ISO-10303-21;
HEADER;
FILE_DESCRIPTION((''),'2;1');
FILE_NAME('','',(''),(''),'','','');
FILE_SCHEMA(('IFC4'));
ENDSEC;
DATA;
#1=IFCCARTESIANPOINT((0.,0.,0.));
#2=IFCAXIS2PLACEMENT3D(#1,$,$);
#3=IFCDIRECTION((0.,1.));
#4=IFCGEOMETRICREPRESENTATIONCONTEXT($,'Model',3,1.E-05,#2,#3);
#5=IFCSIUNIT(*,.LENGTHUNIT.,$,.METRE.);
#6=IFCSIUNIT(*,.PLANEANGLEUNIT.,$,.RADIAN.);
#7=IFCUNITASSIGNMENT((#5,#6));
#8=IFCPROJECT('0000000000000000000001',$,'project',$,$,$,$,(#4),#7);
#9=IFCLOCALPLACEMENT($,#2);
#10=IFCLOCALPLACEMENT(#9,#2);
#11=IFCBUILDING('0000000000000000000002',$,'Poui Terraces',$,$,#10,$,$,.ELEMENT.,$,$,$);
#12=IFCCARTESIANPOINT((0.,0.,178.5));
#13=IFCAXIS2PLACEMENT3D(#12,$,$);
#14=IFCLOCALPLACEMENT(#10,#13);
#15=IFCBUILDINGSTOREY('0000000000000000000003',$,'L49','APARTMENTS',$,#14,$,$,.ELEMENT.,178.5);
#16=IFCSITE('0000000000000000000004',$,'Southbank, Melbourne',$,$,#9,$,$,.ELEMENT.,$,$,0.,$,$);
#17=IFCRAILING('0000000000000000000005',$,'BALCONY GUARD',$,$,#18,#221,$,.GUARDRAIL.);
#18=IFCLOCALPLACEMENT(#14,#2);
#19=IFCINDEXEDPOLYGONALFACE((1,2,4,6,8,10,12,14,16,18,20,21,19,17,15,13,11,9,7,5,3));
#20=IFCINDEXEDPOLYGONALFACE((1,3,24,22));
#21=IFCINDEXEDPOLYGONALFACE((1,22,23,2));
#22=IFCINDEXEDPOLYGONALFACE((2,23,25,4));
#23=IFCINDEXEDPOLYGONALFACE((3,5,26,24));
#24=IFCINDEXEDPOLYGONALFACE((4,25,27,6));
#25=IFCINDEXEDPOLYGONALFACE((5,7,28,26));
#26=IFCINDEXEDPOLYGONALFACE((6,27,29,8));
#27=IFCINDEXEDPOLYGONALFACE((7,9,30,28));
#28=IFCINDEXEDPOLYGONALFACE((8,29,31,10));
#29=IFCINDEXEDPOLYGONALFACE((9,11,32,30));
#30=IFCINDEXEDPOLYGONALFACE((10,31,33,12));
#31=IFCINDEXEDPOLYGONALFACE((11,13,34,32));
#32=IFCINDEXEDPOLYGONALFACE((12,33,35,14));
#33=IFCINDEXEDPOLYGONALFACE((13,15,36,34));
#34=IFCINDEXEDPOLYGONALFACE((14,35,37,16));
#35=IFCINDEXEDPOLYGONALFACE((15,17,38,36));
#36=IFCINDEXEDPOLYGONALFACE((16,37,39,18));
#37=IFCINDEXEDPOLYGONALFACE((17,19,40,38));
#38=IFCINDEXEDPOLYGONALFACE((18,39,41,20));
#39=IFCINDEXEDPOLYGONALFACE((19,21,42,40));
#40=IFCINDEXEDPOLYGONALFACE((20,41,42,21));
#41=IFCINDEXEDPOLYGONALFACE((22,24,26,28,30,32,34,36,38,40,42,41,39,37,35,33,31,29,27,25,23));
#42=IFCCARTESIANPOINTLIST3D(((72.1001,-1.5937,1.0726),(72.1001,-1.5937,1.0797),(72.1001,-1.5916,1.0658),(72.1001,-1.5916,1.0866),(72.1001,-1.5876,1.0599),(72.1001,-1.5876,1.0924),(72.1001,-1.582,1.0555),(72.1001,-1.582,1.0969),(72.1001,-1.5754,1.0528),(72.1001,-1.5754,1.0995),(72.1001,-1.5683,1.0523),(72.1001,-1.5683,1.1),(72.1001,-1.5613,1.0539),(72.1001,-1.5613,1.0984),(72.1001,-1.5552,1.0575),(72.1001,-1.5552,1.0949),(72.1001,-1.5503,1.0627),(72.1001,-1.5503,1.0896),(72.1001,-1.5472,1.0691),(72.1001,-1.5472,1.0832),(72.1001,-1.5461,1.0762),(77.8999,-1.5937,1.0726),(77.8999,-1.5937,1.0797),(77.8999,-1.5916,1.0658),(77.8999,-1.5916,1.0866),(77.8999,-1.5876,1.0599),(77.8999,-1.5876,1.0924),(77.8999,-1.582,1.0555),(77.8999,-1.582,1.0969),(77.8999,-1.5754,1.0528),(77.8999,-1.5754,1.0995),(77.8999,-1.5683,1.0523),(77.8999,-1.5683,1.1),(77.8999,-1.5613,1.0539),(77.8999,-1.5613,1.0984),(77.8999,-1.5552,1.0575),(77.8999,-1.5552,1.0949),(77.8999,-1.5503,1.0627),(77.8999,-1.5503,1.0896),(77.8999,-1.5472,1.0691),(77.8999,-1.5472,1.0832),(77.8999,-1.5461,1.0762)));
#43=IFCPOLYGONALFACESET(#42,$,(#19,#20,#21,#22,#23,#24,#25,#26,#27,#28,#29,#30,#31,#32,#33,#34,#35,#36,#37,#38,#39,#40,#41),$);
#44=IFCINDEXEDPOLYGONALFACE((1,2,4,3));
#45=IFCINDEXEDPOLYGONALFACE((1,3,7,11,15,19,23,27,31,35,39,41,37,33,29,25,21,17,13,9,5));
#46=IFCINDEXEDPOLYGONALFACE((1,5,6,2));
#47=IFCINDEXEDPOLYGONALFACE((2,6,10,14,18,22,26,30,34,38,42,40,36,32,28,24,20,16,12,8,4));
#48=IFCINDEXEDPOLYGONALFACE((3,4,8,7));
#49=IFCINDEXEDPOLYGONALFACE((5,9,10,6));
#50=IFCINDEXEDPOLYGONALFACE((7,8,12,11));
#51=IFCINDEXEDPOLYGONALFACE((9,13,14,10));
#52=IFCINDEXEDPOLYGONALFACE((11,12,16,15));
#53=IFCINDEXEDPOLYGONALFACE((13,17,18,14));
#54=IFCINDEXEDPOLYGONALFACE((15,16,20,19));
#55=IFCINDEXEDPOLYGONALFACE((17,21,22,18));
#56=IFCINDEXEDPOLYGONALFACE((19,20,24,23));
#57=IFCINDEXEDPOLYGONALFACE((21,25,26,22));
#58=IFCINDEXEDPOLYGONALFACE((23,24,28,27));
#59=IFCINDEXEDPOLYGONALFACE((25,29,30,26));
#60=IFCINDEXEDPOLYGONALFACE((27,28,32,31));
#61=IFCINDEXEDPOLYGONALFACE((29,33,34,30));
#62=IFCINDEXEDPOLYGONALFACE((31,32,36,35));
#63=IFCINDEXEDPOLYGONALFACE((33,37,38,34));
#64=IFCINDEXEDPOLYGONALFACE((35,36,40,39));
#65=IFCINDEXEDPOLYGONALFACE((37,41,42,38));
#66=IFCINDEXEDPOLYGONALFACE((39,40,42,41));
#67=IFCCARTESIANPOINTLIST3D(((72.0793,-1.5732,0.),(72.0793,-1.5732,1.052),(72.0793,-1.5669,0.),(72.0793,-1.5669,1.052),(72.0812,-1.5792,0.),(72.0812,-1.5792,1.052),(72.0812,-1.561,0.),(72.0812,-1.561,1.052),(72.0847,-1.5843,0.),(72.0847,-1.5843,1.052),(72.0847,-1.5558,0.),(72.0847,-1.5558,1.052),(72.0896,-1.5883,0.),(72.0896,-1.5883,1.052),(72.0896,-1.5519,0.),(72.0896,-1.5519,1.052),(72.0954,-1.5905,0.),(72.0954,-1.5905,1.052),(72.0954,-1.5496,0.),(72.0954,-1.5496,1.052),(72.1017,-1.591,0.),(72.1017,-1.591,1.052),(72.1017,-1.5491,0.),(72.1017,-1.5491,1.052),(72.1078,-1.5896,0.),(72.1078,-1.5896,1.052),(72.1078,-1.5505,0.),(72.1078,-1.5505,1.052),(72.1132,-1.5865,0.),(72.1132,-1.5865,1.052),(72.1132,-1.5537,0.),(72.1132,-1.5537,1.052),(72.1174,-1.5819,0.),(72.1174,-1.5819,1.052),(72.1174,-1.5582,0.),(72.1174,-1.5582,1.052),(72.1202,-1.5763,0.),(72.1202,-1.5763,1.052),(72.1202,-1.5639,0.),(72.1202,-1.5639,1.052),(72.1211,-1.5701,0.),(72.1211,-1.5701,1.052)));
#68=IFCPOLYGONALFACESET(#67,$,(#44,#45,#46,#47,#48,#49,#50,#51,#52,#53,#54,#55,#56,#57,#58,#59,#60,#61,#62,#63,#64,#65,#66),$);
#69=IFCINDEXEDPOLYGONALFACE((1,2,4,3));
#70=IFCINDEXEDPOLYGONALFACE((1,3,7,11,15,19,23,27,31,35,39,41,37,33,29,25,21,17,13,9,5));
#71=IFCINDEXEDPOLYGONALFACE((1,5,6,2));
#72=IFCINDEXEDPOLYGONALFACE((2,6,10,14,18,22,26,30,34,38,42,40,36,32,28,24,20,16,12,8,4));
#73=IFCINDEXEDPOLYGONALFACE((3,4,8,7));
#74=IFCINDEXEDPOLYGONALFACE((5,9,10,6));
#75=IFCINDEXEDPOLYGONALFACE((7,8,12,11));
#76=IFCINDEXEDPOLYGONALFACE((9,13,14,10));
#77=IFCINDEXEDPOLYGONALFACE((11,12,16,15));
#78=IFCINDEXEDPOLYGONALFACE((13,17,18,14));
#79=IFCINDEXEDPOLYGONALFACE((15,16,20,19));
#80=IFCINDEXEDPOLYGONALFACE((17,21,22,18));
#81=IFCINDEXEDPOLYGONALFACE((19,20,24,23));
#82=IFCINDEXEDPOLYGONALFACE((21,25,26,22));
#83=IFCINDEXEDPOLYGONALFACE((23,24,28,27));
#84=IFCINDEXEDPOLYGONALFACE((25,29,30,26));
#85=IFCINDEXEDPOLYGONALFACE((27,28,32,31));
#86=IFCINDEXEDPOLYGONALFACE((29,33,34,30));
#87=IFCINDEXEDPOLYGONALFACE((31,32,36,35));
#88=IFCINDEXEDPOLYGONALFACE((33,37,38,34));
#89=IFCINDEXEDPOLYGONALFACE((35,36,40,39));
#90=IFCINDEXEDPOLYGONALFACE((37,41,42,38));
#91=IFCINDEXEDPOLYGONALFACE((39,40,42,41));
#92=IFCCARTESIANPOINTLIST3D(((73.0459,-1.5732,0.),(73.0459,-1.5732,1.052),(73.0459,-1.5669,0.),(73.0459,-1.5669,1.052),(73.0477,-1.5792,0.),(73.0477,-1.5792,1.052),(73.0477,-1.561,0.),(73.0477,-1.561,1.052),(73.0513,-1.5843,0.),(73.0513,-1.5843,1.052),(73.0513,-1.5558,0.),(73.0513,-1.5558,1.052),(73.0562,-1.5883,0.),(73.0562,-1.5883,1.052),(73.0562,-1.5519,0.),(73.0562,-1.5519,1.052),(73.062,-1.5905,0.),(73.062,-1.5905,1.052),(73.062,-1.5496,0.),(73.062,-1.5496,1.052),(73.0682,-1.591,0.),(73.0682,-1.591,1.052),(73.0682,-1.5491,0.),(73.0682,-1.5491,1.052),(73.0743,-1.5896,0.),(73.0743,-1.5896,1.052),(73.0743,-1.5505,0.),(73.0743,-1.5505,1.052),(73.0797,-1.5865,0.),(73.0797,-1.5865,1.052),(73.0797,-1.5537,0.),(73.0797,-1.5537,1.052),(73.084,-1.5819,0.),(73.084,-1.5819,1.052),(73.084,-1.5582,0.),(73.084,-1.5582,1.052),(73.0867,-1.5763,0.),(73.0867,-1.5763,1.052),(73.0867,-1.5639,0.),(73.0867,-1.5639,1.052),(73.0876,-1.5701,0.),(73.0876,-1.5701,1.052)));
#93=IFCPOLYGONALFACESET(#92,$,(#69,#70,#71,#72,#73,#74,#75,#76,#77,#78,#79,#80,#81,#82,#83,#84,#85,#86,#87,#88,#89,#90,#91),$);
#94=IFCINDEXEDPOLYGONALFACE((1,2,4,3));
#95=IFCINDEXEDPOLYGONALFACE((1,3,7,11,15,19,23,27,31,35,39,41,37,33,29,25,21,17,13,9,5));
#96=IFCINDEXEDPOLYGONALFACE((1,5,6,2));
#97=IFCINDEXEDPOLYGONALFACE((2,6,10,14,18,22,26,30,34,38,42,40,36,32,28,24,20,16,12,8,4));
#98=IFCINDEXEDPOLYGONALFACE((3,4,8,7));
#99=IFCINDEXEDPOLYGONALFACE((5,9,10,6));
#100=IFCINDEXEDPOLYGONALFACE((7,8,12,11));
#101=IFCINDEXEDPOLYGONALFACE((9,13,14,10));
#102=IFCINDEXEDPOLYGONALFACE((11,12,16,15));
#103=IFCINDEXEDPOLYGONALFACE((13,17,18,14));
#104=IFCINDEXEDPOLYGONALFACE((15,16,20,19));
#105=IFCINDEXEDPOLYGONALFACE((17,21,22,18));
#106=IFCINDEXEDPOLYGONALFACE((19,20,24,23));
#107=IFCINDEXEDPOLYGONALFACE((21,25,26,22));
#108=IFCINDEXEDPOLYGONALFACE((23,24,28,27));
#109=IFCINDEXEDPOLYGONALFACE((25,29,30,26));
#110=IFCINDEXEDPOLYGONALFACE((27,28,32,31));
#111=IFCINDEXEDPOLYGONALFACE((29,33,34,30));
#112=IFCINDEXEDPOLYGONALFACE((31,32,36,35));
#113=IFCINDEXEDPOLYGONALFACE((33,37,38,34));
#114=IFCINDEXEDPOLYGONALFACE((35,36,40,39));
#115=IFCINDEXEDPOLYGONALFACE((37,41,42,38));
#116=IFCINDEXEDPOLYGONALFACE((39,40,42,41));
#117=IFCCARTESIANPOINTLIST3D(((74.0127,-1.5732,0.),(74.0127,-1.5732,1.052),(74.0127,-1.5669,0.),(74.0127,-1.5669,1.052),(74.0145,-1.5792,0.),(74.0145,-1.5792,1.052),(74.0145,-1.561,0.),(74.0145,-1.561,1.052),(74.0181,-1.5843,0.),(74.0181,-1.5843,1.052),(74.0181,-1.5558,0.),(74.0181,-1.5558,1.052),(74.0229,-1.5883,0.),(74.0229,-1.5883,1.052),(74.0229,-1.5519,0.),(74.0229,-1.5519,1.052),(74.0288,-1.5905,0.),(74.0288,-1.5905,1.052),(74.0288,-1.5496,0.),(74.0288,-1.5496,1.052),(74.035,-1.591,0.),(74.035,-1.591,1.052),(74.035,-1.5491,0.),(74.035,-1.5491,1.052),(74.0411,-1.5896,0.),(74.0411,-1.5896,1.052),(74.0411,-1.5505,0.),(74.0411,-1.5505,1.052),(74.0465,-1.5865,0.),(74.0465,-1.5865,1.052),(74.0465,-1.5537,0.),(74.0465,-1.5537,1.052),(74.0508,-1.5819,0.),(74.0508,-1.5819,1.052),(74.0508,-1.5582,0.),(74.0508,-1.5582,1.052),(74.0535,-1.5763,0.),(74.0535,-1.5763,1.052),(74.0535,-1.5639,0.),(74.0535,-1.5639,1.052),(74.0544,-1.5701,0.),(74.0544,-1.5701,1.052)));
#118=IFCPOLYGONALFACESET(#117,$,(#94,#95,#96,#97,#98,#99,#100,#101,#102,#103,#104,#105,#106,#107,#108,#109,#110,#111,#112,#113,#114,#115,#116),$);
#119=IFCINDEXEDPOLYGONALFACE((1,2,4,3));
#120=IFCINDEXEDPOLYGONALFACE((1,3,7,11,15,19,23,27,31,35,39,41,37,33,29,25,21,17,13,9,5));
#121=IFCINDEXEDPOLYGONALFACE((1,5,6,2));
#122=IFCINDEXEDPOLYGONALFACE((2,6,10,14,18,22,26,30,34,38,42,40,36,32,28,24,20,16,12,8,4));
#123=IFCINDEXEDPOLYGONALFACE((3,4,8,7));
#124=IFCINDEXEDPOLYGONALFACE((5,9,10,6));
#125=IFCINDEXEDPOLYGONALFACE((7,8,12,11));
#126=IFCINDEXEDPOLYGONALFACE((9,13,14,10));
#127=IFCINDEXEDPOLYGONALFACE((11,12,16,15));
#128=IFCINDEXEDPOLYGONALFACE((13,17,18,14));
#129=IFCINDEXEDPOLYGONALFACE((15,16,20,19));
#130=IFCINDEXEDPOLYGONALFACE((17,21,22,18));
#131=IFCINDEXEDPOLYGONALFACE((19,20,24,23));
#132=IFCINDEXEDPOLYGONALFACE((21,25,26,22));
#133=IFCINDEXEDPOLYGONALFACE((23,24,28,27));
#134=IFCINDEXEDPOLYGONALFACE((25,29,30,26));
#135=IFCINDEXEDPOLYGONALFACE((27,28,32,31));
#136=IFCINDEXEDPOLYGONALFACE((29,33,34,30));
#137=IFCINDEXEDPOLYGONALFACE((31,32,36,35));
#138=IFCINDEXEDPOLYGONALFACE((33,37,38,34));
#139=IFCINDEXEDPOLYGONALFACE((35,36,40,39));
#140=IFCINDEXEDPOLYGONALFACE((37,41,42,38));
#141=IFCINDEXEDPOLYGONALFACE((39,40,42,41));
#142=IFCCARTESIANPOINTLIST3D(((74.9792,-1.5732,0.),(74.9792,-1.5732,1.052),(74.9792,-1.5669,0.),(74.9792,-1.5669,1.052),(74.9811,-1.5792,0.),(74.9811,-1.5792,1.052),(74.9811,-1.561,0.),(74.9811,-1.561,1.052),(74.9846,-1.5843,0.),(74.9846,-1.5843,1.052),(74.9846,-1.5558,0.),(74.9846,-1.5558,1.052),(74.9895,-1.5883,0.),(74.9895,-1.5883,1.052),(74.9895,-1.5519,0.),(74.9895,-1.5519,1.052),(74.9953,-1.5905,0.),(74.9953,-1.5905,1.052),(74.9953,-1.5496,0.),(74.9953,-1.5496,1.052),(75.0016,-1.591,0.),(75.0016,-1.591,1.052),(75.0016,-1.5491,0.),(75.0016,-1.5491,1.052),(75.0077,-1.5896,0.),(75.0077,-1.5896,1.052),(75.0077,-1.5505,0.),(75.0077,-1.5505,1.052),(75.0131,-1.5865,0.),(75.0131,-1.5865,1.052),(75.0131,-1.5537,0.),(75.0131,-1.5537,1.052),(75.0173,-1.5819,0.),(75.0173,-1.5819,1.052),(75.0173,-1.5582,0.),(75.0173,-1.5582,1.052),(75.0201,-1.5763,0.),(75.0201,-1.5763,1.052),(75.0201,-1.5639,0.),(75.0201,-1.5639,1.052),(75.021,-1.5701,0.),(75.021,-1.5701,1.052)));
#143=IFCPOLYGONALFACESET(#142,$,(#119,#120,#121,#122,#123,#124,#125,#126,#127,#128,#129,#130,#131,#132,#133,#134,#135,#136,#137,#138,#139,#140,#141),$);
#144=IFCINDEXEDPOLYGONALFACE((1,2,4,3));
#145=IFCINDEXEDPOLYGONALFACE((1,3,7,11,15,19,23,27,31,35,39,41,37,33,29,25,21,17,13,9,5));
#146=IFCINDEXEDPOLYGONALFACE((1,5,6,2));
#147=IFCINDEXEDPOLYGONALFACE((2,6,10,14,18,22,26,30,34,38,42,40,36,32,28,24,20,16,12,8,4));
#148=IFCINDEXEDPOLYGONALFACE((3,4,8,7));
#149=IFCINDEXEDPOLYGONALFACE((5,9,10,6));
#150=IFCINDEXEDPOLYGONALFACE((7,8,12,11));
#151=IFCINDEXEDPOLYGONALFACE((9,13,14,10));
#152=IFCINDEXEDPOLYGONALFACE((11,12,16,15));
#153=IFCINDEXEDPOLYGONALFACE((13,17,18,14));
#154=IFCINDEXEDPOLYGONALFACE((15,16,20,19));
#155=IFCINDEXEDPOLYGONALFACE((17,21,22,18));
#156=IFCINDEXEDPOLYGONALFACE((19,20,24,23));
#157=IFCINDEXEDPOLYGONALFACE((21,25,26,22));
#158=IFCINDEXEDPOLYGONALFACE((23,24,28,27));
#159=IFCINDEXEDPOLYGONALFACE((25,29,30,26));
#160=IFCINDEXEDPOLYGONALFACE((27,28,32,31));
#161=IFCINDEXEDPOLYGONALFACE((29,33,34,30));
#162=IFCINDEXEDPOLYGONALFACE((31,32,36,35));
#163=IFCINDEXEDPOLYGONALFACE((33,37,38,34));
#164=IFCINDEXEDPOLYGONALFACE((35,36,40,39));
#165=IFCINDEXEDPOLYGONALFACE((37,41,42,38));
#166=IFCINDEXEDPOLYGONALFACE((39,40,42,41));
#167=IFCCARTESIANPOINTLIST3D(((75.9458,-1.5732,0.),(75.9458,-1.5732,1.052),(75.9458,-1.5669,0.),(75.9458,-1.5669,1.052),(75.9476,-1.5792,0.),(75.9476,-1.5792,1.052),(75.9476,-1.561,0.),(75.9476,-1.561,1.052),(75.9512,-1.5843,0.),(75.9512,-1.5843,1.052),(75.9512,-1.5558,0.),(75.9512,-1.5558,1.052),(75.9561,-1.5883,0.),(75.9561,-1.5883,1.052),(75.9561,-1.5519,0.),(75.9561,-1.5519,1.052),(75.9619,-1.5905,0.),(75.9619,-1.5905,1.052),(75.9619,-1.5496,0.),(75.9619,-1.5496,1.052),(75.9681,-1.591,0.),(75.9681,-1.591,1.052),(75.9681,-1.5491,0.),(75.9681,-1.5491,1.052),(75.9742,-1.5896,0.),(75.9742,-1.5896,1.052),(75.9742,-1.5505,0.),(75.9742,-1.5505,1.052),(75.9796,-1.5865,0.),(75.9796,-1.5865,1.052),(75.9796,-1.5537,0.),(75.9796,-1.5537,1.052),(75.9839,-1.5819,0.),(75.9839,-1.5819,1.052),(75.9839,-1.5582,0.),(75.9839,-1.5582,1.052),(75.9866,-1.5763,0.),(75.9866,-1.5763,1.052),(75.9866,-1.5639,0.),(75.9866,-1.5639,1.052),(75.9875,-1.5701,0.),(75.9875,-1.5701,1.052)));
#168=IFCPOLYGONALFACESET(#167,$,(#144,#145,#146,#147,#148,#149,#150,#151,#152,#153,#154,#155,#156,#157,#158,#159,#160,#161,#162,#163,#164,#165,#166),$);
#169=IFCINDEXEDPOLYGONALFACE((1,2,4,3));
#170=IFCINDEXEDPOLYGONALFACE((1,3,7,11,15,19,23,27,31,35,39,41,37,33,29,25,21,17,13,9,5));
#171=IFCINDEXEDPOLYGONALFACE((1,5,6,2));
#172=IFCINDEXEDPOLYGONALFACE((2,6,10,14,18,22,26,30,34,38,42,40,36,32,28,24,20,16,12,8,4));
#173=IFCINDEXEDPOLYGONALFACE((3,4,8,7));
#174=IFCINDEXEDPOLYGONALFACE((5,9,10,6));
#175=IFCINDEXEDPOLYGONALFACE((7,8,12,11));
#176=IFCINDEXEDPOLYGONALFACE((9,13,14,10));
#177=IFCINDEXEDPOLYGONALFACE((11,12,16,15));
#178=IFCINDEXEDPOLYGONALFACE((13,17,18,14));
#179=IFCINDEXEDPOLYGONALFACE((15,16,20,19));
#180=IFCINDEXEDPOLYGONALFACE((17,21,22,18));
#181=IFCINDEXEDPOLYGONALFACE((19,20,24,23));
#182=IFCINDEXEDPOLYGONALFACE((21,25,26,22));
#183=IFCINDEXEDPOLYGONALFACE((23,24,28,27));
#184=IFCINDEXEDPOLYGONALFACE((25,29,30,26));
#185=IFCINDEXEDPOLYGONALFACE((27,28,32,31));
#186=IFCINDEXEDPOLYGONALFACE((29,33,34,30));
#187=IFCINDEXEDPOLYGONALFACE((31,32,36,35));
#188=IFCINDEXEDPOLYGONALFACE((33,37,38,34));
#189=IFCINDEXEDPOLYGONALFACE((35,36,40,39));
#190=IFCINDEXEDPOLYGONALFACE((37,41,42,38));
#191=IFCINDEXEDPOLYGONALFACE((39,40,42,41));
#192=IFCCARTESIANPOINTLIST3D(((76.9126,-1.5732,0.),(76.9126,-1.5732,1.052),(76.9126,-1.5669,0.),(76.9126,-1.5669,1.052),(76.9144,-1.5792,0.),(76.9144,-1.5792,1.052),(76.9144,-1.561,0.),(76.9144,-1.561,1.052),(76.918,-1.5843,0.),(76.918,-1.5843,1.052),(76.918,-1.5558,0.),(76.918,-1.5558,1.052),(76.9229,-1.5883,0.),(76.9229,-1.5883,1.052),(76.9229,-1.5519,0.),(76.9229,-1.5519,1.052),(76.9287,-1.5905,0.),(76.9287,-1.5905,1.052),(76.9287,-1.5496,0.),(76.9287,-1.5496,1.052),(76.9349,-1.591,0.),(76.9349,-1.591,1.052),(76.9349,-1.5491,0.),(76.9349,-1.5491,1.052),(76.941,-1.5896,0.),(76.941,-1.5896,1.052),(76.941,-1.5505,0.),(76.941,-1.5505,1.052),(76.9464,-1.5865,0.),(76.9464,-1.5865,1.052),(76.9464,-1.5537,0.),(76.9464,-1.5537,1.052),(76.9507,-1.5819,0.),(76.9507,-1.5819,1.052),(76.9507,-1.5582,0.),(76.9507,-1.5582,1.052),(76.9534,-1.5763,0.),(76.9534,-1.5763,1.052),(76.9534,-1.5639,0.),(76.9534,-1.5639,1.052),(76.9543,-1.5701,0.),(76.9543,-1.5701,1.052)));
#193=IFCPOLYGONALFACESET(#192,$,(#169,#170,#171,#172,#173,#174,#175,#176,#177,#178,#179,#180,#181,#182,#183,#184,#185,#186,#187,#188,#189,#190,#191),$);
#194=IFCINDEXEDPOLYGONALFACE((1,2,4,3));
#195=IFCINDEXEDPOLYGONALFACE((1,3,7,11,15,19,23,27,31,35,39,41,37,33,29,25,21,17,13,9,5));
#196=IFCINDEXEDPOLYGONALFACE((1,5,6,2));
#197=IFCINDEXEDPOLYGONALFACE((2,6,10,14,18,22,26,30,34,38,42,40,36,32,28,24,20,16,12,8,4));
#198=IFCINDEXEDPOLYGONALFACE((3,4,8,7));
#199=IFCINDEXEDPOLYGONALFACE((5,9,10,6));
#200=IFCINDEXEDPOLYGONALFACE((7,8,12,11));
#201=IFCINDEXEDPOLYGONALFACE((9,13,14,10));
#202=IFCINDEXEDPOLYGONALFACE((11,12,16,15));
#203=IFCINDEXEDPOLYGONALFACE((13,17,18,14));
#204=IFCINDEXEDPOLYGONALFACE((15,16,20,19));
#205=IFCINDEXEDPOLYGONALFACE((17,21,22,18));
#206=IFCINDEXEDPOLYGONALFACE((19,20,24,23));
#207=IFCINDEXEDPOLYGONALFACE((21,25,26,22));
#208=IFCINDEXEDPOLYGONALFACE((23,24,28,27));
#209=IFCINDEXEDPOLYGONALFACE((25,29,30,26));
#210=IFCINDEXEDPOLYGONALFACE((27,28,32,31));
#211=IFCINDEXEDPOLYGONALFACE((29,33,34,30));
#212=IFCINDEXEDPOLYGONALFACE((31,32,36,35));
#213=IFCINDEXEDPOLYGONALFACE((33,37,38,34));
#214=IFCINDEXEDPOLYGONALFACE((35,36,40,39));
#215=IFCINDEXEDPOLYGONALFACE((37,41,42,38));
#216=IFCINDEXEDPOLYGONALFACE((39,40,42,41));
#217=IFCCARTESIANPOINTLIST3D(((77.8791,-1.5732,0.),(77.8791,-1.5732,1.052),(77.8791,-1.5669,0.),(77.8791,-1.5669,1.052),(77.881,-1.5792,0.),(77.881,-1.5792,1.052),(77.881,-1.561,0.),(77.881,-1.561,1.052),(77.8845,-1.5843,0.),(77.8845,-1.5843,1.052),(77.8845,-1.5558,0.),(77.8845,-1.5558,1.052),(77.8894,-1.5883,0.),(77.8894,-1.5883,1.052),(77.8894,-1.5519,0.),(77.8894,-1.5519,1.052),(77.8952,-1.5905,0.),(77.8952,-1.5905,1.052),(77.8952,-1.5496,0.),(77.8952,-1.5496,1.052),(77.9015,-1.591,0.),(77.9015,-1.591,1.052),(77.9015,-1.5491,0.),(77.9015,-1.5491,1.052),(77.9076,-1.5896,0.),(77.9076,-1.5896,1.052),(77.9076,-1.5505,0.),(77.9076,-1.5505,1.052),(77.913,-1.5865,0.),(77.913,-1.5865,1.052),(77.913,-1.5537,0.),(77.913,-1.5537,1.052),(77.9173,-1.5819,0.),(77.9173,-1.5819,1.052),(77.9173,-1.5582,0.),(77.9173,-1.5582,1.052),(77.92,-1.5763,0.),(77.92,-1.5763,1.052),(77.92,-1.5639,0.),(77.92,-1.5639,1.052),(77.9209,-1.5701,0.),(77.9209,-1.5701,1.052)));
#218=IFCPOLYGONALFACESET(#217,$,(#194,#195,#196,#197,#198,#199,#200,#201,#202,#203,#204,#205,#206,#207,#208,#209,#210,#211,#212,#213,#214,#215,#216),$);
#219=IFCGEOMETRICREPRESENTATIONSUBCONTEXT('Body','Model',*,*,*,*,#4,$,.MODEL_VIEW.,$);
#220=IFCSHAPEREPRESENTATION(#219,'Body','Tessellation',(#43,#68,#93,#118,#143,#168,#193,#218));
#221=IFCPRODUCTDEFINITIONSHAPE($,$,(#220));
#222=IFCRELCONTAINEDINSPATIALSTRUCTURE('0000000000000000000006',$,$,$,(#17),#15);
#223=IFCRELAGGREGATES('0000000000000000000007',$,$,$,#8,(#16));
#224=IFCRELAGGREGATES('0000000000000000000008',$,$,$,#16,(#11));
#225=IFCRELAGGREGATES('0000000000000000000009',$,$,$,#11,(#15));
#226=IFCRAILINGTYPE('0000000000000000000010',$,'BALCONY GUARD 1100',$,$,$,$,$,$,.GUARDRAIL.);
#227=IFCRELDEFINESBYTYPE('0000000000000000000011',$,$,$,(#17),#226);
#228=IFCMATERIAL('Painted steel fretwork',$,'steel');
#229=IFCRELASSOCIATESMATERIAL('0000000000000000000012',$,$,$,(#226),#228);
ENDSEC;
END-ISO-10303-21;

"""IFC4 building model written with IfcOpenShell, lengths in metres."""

from ifc_helpers import new_model, si_unit, direction, frame, origin, origin_2d, place, context, subcontext, project, spatial, circle, extrude, material, type_object, element, save


model = new_model("IFC4")

# Units and contexts
model_context = context("Model", 3, precision=1e-05, world=origin(), true_north=direction((0.0, 1.0)))
body_context = subcontext(model_context, "Body", "Model", "MODEL_VIEW")
ifc_project = project(units=[si_unit("LENGTHUNIT", "METRE"), si_unit("PLANEANGLEUNIT", "RADIAN")], contexts=[model_context])

# Site, building, storey
site_placement = place(None, origin())
site = spatial("IfcSite", under=ifc_project, at=site_placement, Name="Southbank, Melbourne", CompositionType="ELEMENT", RefElevation=0.0)
building_placement = place(site_placement, origin())
building = spatial("IfcBuilding", under=site, at=building_placement, Name="Poui Terraces", CompositionType="ELEMENT")
storey_placement = place(building_placement, frame((0.0, 0.0, 178.5)))
storey = spatial("IfcBuildingStorey", under=building, at=storey_placement, Name="L49", Description="APARTMENTS", CompositionType="ELEMENT", Elevation=178.5)

# Railing
ifc_material_1 = material(Name="Painted steel fretwork", Category="steel")
railing_type = type_object("IfcRailingType", Name="BALCONY GUARD 1100", PredefinedType="GUARDRAIL", material=ifc_material_1)
railing_placement = place(storey_placement, frame((72.1001, -1.5701, 0.0)))
element("IfcRailing", 1, at=railing_placement, inside=storey, type_object=railing_type, Name="BALCONY GUARD", PredefinedType="GUARDRAIL", context=body_context, shape_type="SweptSolid", body=[
    extrude(circle(Radius=0.0239, at=origin_2d()), frame((0.0, 0.0, 1.0762), z_axis=(1.0, 0.0, 0.0), x_axis=(0.0, 1.0, 0.0)), (0.0, 0.0, 1.0), 5.7998),
    extrude(circle(Radius=0.021, at=origin_2d()), origin(), (0.0, 0.0, 1.0), 1.052),
    extrude(circle(Radius=0.021, at=origin_2d()), frame((0.9666, 0.0, 0.0)), (0.0, 0.0, 1.0), 1.052),
    extrude(circle(Radius=0.021, at=origin_2d()), frame((1.9333, 0.0, 0.0)), (0.0, 0.0, 1.0), 1.052),
    extrude(circle(Radius=0.021, at=origin_2d()), frame((2.8999, 0.0, 0.0)), (0.0, 0.0, 1.0), 1.052),
    extrude(circle(Radius=0.021, at=origin_2d()), frame((3.8665, 0.0, 0.0)), (0.0, 0.0, 1.0), 1.052),
    extrude(circle(Radius=0.021, at=origin_2d()), frame((4.8333, 0.0, 0.0)), (0.0, 0.0, 1.0), 1.052),
    extrude(circle(Radius=0.021, at=origin_2d()), frame((5.7998, 0.0, 0.0)), (0.0, 0.0, 1.0), 1.052),
])

save(model, "model.ifc")
